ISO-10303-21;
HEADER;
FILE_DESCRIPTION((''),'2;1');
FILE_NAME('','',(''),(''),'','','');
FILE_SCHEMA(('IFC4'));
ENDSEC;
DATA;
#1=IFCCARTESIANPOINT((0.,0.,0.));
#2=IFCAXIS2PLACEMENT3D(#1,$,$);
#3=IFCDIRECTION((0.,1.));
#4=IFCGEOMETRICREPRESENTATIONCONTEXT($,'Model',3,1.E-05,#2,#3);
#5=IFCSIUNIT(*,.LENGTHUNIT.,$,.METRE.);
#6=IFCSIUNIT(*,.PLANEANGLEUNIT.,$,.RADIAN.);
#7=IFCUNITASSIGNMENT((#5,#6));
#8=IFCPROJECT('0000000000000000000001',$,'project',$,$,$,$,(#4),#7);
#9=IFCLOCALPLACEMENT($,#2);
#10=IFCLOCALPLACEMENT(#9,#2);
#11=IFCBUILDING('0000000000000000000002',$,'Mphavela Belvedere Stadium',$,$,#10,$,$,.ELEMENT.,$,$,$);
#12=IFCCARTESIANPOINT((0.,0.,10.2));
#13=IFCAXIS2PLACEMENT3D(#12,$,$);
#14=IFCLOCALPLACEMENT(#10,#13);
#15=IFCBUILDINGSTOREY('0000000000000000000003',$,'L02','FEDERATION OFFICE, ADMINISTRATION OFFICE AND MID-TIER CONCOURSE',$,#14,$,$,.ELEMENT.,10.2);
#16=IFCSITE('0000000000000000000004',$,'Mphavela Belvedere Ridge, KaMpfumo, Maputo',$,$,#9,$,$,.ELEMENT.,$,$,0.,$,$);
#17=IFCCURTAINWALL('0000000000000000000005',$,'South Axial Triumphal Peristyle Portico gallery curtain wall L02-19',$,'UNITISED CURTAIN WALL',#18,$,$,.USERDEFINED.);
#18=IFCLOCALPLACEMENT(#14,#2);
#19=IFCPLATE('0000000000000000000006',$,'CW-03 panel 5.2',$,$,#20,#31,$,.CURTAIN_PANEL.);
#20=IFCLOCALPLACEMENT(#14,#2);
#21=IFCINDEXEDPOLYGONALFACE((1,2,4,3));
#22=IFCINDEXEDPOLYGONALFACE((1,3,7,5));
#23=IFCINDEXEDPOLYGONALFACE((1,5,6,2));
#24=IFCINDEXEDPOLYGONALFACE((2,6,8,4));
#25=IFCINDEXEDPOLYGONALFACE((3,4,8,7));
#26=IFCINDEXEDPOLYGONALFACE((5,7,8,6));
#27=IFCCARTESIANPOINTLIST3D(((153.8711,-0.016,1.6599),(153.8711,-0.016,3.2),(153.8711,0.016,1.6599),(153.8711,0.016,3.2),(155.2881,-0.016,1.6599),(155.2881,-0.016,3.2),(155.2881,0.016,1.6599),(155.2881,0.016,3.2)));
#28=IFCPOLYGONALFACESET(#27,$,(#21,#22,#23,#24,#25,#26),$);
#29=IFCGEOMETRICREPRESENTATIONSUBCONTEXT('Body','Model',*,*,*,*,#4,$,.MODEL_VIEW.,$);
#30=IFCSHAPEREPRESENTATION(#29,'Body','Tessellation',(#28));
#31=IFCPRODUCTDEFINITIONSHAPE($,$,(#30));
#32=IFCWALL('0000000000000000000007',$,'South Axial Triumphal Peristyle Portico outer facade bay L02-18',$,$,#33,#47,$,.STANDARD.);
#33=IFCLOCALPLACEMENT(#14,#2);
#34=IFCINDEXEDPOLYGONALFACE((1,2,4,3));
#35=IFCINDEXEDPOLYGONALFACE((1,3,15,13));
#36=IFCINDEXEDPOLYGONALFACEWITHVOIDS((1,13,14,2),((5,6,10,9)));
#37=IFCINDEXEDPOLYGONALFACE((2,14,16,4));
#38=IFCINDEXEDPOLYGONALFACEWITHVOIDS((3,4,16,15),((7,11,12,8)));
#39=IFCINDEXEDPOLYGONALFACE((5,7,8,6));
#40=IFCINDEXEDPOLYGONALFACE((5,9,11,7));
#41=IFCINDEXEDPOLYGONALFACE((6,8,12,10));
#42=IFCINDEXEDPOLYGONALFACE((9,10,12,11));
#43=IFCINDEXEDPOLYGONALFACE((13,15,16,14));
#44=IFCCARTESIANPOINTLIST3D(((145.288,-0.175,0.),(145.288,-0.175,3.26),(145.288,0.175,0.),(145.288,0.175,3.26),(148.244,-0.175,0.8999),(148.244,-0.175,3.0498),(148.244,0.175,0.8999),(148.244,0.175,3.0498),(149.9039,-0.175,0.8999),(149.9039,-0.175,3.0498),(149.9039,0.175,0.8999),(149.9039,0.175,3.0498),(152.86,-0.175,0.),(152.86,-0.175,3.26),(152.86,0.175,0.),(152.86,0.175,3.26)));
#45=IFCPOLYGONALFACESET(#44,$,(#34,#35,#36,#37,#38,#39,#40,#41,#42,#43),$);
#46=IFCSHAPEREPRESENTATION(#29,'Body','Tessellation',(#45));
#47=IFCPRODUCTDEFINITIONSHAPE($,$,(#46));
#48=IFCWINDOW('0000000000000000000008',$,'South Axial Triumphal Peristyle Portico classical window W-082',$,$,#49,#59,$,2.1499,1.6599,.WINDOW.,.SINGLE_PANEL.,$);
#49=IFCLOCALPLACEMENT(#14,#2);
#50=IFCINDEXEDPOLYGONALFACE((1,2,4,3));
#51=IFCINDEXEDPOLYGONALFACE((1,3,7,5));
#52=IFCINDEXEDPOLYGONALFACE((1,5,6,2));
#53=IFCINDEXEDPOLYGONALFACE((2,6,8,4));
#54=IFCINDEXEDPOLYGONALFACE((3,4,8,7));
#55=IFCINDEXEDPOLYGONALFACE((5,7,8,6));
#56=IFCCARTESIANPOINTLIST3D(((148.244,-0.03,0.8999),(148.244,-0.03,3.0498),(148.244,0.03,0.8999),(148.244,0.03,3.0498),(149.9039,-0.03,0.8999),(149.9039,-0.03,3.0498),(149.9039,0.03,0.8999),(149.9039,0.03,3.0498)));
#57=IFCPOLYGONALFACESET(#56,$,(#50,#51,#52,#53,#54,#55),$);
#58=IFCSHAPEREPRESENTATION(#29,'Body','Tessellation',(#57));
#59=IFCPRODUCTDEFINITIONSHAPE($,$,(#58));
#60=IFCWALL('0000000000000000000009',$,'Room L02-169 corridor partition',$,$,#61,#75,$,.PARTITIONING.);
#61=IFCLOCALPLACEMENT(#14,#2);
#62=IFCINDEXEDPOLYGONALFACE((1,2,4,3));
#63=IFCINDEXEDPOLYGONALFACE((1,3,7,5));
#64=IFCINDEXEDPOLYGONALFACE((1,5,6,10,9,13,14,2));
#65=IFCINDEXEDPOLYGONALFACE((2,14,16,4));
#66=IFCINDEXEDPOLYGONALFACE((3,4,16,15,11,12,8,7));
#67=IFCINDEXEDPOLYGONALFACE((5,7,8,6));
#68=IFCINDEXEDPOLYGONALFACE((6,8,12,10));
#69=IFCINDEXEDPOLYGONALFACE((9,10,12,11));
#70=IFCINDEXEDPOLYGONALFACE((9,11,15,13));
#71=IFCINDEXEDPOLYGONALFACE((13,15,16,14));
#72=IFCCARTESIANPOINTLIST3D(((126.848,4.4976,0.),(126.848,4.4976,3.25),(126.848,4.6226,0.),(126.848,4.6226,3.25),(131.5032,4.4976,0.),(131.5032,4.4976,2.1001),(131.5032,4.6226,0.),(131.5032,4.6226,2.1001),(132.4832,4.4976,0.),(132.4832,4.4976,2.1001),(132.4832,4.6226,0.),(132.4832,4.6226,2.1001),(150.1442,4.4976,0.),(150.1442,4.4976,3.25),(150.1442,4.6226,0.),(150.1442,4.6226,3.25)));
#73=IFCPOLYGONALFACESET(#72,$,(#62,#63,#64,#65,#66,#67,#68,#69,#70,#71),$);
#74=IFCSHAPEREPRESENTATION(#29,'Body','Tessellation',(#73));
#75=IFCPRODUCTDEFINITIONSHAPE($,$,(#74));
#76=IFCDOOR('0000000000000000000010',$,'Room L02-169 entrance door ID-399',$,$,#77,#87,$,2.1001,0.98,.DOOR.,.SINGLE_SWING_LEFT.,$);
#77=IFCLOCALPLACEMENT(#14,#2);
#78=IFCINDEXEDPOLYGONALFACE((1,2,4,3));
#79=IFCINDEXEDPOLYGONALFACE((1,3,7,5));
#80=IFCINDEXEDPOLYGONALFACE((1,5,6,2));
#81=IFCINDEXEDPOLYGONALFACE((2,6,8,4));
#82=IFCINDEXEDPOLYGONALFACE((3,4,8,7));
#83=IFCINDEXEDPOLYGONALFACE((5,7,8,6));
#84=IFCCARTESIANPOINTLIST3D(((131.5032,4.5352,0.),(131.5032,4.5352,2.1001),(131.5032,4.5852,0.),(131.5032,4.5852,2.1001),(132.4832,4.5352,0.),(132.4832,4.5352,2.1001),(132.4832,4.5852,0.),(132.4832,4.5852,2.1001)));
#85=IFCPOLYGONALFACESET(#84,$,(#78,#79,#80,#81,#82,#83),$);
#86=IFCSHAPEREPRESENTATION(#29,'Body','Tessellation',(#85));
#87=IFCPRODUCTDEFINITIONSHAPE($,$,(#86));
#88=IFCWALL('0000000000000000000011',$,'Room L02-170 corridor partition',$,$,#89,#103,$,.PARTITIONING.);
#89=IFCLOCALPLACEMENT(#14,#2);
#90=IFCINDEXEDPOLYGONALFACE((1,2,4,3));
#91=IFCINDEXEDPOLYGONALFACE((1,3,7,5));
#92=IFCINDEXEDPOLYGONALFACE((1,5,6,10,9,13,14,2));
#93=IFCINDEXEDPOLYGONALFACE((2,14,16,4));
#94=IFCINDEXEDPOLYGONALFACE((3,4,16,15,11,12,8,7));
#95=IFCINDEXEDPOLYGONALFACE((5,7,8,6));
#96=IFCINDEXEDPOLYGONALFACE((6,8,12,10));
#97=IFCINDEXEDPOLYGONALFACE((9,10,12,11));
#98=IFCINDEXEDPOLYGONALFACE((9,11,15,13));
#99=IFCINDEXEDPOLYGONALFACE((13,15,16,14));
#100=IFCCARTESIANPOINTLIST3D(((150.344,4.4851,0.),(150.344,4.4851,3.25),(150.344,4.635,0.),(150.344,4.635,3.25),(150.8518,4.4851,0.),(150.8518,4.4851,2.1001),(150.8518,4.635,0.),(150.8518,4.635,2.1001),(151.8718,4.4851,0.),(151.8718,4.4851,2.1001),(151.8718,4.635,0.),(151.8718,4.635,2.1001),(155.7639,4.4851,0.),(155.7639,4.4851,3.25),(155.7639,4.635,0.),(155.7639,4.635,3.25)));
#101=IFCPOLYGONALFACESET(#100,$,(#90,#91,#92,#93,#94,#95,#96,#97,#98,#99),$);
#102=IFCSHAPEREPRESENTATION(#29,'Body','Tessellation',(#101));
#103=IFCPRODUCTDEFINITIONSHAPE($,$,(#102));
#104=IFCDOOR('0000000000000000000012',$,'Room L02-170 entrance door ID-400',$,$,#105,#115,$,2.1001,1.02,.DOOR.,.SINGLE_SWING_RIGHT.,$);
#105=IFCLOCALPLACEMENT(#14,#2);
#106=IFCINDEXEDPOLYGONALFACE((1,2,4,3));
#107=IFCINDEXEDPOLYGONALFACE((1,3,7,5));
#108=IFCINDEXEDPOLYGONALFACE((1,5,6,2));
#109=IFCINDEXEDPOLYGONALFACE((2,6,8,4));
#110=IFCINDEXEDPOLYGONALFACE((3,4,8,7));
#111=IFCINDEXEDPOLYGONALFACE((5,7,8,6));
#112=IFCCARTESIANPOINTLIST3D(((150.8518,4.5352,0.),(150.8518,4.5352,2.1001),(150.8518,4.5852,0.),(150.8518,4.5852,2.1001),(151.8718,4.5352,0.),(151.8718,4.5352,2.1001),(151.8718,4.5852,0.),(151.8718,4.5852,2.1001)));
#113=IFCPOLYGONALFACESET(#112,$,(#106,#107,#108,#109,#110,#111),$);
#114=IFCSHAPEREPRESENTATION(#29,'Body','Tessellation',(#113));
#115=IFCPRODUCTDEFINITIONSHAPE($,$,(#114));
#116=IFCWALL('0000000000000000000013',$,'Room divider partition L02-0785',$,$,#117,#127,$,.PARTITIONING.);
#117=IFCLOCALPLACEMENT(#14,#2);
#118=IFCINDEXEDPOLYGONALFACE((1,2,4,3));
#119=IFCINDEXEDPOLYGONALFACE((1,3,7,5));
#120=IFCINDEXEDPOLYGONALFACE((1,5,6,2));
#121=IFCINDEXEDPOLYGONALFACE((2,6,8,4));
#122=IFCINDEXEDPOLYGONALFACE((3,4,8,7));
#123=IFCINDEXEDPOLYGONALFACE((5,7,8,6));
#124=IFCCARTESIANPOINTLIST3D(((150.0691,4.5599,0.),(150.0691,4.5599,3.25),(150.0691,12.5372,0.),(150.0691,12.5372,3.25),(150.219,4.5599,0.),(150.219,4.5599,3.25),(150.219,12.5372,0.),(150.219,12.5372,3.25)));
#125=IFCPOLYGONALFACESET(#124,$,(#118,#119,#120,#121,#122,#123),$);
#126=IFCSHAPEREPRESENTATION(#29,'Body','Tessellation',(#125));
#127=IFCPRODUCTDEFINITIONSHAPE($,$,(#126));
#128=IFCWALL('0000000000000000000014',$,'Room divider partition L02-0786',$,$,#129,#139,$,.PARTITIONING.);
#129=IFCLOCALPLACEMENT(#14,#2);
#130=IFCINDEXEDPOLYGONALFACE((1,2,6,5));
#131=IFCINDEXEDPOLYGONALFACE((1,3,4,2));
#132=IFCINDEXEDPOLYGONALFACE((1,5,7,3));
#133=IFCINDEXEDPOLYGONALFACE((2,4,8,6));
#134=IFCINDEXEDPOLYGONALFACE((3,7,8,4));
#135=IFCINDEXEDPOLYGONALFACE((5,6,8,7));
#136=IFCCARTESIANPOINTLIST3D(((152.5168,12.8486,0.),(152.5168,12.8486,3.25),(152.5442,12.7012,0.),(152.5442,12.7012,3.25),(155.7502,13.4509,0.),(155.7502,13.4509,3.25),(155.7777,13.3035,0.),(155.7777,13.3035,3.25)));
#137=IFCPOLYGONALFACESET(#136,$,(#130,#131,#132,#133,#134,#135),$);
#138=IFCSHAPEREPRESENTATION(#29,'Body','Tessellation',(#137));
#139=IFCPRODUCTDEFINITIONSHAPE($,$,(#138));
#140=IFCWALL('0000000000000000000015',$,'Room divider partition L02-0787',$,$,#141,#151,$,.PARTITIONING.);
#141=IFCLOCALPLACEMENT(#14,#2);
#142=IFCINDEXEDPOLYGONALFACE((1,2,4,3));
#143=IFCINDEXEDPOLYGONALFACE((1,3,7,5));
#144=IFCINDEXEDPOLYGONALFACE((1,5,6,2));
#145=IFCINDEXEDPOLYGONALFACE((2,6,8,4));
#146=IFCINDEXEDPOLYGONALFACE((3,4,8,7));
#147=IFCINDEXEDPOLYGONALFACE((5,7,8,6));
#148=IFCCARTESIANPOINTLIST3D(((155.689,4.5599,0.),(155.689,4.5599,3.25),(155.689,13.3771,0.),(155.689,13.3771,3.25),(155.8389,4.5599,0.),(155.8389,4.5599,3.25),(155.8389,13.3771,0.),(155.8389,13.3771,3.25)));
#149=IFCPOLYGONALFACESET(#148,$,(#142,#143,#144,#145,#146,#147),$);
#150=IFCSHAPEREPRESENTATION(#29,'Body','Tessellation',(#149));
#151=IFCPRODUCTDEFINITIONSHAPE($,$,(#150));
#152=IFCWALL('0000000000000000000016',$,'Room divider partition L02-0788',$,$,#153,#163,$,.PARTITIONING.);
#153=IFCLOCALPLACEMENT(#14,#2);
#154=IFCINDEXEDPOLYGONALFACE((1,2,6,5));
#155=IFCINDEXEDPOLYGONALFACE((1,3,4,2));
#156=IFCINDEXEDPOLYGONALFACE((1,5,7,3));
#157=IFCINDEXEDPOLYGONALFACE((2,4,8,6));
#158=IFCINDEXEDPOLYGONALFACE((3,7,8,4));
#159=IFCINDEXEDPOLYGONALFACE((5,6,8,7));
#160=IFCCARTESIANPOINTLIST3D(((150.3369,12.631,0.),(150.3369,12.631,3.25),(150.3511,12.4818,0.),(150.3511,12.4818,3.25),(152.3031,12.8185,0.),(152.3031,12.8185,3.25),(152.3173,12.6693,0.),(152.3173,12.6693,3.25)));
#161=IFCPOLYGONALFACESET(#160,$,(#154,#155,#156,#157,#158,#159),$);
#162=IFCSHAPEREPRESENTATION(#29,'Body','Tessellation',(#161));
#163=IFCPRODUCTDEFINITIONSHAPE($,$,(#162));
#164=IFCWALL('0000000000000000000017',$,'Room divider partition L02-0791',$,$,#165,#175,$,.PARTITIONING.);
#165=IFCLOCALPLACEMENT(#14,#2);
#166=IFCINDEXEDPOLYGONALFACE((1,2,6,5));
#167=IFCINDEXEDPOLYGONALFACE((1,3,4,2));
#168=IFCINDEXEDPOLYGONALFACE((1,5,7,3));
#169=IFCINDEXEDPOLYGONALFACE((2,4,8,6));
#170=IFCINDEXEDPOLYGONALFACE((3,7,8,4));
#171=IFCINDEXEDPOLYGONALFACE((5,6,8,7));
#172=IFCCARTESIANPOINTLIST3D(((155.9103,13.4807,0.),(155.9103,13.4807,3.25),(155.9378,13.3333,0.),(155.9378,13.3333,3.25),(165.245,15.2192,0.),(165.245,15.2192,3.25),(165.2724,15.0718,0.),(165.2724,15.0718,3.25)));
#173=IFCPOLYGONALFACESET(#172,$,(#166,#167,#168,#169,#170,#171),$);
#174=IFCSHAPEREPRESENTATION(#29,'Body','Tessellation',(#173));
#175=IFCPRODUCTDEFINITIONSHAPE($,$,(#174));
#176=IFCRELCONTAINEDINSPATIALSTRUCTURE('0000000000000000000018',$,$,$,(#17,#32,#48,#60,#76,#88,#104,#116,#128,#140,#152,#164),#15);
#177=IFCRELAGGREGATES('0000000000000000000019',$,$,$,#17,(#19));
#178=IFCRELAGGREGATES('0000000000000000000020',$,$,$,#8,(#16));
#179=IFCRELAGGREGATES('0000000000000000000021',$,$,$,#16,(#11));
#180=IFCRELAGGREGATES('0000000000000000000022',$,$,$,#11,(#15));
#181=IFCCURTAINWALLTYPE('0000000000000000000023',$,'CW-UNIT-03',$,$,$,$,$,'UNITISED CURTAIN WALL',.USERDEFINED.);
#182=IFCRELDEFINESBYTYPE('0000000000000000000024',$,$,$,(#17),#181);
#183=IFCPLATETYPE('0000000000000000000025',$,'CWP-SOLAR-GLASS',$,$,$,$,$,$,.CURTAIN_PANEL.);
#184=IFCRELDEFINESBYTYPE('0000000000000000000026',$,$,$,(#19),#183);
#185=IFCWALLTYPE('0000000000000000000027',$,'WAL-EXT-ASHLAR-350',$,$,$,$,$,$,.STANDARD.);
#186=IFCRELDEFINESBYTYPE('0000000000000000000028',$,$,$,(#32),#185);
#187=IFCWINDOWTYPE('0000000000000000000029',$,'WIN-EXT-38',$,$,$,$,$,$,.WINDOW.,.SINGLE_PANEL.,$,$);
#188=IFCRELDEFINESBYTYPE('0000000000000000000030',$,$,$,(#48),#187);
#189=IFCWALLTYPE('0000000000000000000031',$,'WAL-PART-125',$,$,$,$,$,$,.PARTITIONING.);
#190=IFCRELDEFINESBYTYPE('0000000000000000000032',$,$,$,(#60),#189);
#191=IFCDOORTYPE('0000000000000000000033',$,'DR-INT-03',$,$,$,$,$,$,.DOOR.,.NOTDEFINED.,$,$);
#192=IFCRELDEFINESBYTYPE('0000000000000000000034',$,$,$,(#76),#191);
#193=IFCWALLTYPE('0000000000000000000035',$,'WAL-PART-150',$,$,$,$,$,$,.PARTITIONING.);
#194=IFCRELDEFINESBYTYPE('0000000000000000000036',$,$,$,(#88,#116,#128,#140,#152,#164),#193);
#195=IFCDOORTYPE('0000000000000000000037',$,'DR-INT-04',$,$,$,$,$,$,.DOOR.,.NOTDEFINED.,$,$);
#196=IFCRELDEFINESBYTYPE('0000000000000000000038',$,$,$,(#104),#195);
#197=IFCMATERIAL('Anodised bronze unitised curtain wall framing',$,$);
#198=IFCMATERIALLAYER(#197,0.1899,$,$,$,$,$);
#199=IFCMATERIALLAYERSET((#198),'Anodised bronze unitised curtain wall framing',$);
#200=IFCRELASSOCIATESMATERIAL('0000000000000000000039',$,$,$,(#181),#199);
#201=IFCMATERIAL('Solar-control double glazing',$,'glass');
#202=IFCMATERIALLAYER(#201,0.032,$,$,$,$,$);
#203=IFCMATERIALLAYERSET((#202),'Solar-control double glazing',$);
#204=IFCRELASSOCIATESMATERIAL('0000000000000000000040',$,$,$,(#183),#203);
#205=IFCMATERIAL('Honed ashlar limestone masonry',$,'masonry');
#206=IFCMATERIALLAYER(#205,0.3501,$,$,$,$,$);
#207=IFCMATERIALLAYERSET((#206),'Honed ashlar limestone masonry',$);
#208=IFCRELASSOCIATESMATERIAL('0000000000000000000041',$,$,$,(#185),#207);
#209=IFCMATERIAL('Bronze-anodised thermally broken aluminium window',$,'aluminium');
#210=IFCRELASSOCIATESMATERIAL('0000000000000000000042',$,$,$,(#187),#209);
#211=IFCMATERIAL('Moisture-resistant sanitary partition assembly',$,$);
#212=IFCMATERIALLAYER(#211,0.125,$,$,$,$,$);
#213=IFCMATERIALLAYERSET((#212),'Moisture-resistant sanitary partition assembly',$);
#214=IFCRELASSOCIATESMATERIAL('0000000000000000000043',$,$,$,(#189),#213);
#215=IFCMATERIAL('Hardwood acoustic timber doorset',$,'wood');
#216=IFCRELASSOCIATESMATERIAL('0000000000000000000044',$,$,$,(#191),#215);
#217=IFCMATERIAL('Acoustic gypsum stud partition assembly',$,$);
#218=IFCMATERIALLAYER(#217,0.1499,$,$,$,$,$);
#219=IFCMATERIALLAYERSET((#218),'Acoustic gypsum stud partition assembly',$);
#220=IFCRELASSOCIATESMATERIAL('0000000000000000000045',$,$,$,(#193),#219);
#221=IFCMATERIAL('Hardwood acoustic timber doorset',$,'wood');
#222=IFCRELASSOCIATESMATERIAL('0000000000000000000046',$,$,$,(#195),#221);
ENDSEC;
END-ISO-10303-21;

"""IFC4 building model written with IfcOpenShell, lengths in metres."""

from ifc_helpers import new_model, si_unit, direction, frame, frame_2d, origin, origin_2d, place, context, subcontext, project, spatial, rectangle, extrude, material, layer, layer_set, type_object, element, fill, aggregate, save


model = new_model("IFC4")

# Units and contexts
model_context = context("Model", 3, precision=1e-05, world=origin(), true_north=direction((0.0, 1.0)))
body_context = subcontext(model_context, "Body", "Model", "MODEL_VIEW")
ifc_project = project(units=[si_unit("LENGTHUNIT", "METRE"), si_unit("PLANEANGLEUNIT", "RADIAN")], contexts=[model_context])

# Site, building, storey
site_placement = place(None, origin())
site = spatial("IfcSite", under=ifc_project, at=site_placement, Name="Mphavela Belvedere Ridge, KaMpfumo, Maputo", CompositionType="ELEMENT", RefElevation=0.0)
building_placement = place(site_placement, origin())
building = spatial("IfcBuilding", under=site, at=building_placement, Name="Mphavela Belvedere Stadium", CompositionType="ELEMENT")
storey_placement = place(building_placement, frame((0.0, 0.0, 10.2)))
storey = spatial("IfcBuildingStorey", under=building, at=storey_placement, Name="L02", Description="FEDERATION OFFICE, ADMINISTRATION OFFICE AND MID-TIER CONCOURSE", CompositionType="ELEMENT", Elevation=10.2)

# Curtain wall
ifc_material_1 = material(Name="Anodised bronze unitised curtain wall framing")
ifc_layer_1 = layer(ifc_material_1, 0.1899)
ifc_layer_set_1 = layer_set([ifc_layer_1], Name="Anodised bronze unitised curtain wall framing")
curtain_wall_type_1 = type_object("IfcCurtainWallType", Name="CW-UNIT-03", ElementType="UNITISED CURTAIN WALL", PredefinedType="USERDEFINED", material=ifc_layer_set_1)
curtain_wall_1_placement = place(storey_placement, origin())
curtain_wall_1 = element("IfcCurtainWall", 1, at=curtain_wall_1_placement, inside=storey, type_object=curtain_wall_type_1, Name="South Axial Triumphal Peristyle Portico gallery curtain wall L02-19", ObjectType="UNITISED CURTAIN WALL", PredefinedType="USERDEFINED")

# Plate
ifc_material_2 = material(Name="Solar-control double glazing", Category="glass")
ifc_layer_2 = layer(ifc_material_2, 0.032)
ifc_layer_set_2 = layer_set([ifc_layer_2], Name="Solar-control double glazing")
plate_type = type_object("IfcPlateType", Name="CWP-SOLAR-GLASS", PredefinedType="CURTAIN_PANEL", material=ifc_layer_set_2)
plate_1_placement = place(storey_placement, frame((154.5796, 0.0, 1.6599), z_axis=(0.0, 0.0, 1.0), x_axis=(-1.0, 0.0, 0.0)))
plate_1 = element("IfcPlate", 2, at=plate_1_placement, type_object=plate_type, Name="CW-03 panel 5.2", PredefinedType="CURTAIN_PANEL", context=body_context, shape_type="SweptSolid", body=[
    extrude(rectangle(XDim=1.417, YDim=0.032, at=origin_2d()), origin(), (0.0, 0.0, 1.0), 1.54),
])
aggregate(curtain_wall_1, [plate_1])

# Wall, opening, window
ifc_material_3 = material(Name="Honed ashlar limestone masonry", Category="masonry")
ifc_layer_3 = layer(ifc_material_3, 0.3501)
ifc_layer_set_3 = layer_set([ifc_layer_3], Name="Honed ashlar limestone masonry")
wall_type_1 = type_object("IfcWallType", Name="WAL-EXT-ASHLAR-350", PredefinedType="STANDARD", material=ifc_layer_set_3)
wall_1_placement = place(storey_placement, frame((152.8601, 0.0, 0.0), z_axis=(0.0, 0.0, 1.0), x_axis=(-1.0, 0.0, 0.0)))
wall_1 = element("IfcWall", 3, at=wall_1_placement, inside=storey, type_object=wall_type_1, Name="South Axial Triumphal Peristyle Portico outer facade bay L02-18", PredefinedType="STANDARD", context=body_context, shape_type="SweptSolid", body=[
    extrude(rectangle(XDim=7.572, YDim=0.3501, at=frame_2d((3.7861, 0.0))), origin(), (0.0, 0.0, 1.0), 3.26),
])
opening_1_placement = place(wall_1_placement, frame((2.9561, 0.0, 0.8999)))
opening_1 = element("IfcOpeningElement", 4, at=opening_1_placement, cuts=wall_1, PredefinedType="OPENING", context=body_context, shape_type="SweptSolid", body=[
    extrude(rectangle(XDim=1.6599, YDim=2.1499, at=frame_2d((0.8301, 1.075))), frame((0.0, 0.1851, 0.0), z_axis=(0.0, -1.0, 0.0), x_axis=(1.0, 0.0, 0.0)), (0.0, 0.0, 1.0), 0.3701),
])
ifc_material_4 = material(Name="Bronze-anodised thermally broken aluminium window", Category="aluminium")
window_type = type_object("IfcWindowType", Name="WIN-EXT-38", PartitioningType="SINGLE_PANEL", PredefinedType="WINDOW", material=ifc_material_4)
window_placement = place(opening_1_placement, origin())
window = element("IfcWindow", 5, at=window_placement, inside=storey, type_object=window_type, Name="South Axial Triumphal Peristyle Portico classical window W-082", OverallHeight=2.1499, OverallWidth=1.6599, PartitioningType="SINGLE_PANEL", PredefinedType="WINDOW", context=body_context, shape_type="SweptSolid", body=[
    extrude(rectangle(XDim=1.6599, YDim=2.1499, at=frame_2d((0.8301, 1.075))), frame((0.0, 0.03, 0.0), z_axis=(0.0, -1.0, 0.0), x_axis=(1.0, 0.0, 0.0)), (0.0, 0.0, 1.0), 0.0601),
])
fill(opening_1, window)

# Walls, openings, doors
ifc_material_5 = material(Name="Moisture-resistant sanitary partition assembly")
ifc_layer_4 = layer(ifc_material_5, 0.125)
ifc_layer_set_4 = layer_set([ifc_layer_4], Name="Moisture-resistant sanitary partition assembly")
wall_type_2 = type_object("IfcWallType", Name="WAL-PART-125", PredefinedType="PARTITIONING", material=ifc_layer_set_4)
wall_2_placement = place(storey_placement, frame((150.144, 4.5601, 0.0), z_axis=(0.0, 0.0, 1.0), x_axis=(-1.0, 0.0, 0.0)))
wall_2 = element("IfcWall", 6, at=wall_2_placement, inside=storey, type_object=wall_type_2, Name="Room L02-169 corridor partition", PredefinedType="PARTITIONING", context=body_context, shape_type="SweptSolid", body=[
    extrude(rectangle(XDim=23.2961, YDim=0.125, at=frame_2d((11.6479, 0.0))), origin(), (0.0, 0.0, 1.0), 3.25),
])
opening_2_placement = place(wall_2_placement, frame((17.6609, 0.0, 0.0)))
opening_2 = element("IfcOpeningElement", 7, at=opening_2_placement, cuts=wall_2, PredefinedType="OPENING", context=body_context, shape_type="SweptSolid", body=[
    extrude(rectangle(XDim=0.98, YDim=2.1001, at=frame_2d((0.49, 1.05))), frame((0.0, 0.0725, 0.0), z_axis=(0.0, -1.0, 0.0), x_axis=(1.0, 0.0, 0.0)), (0.0, 0.0, 1.0), 0.145),
])
ifc_material_6 = material(Name="Hardwood acoustic timber doorset", Category="wood")
door_type_1 = type_object("IfcDoorType", Name="DR-INT-03", OperationType="NOTDEFINED", PredefinedType="DOOR", material=ifc_material_6)
door_1_placement = place(opening_2_placement, origin())
door_1 = element("IfcDoor", 8, at=door_1_placement, inside=storey, type_object=door_type_1, Name="Room L02-169 entrance door ID-399", OperationType="SINGLE_SWING_LEFT", OverallHeight=2.1001, OverallWidth=0.98, PredefinedType="DOOR", context=body_context, shape_type="SweptSolid", body=[
    extrude(rectangle(XDim=0.98, YDim=2.1001, at=frame_2d((0.49, 1.05))), frame((0.0, 0.0249, 0.0), z_axis=(0.0, -1.0, 0.0), x_axis=(1.0, 0.0, 0.0)), (0.0, 0.0, 1.0), 0.05),
])
fill(opening_2, door_1)
ifc_material_7 = material(Name="Acoustic gypsum stud partition assembly")
ifc_layer_5 = layer(ifc_material_7, 0.1499)
ifc_layer_set_5 = layer_set([ifc_layer_5], Name="Acoustic gypsum stud partition assembly")
wall_type_3 = type_object("IfcWallType", Name="WAL-PART-150", PredefinedType="PARTITIONING", material=ifc_layer_set_5)
wall_3_placement = place(storey_placement, frame((155.7639, 4.5601, 0.0), z_axis=(0.0, 0.0, 1.0), x_axis=(-1.0, 0.0, 0.0)))
wall_3 = element("IfcWall", 9, at=wall_3_placement, inside=storey, type_object=wall_type_3, Name="Room L02-170 corridor partition", PredefinedType="PARTITIONING", context=body_context, shape_type="SweptSolid", body=[
    extrude(rectangle(XDim=5.4199, YDim=0.1499, at=frame_2d((2.71, 0.0))), origin(), (0.0, 0.0, 1.0), 3.25),
])
opening_3_placement = place(wall_3_placement, frame((3.8921, 0.0, 0.0)))
opening_3 = element("IfcOpeningElement", 10, at=opening_3_placement, cuts=wall_3, PredefinedType="OPENING", context=body_context, shape_type="SweptSolid", body=[
    extrude(rectangle(XDim=1.02, YDim=2.1001, at=frame_2d((0.51, 1.05))), frame((0.0, 0.085, 0.0), z_axis=(0.0, -1.0, 0.0), x_axis=(1.0, 0.0, 0.0)), (0.0, 0.0, 1.0), 0.1699),
])
ifc_material_8 = material(Name="Hardwood acoustic timber doorset", Category="wood")
door_type_2 = type_object("IfcDoorType", Name="DR-INT-04", OperationType="NOTDEFINED", PredefinedType="DOOR", material=ifc_material_8)
door_2_placement = place(opening_3_placement, origin())
door_2 = element("IfcDoor", 11, at=door_2_placement, inside=storey, type_object=door_type_2, Name="Room L02-170 entrance door ID-400", OperationType="SINGLE_SWING_RIGHT", OverallHeight=2.1001, OverallWidth=1.02, PredefinedType="DOOR", context=body_context, shape_type="SweptSolid", body=[
    extrude(rectangle(XDim=1.02, YDim=2.1001, at=frame_2d((0.51, 1.05))), frame((0.0, 0.0249, 0.0), z_axis=(0.0, -1.0, 0.0), x_axis=(1.0, 0.0, 0.0)), (0.0, 0.0, 1.0), 0.05),
])
fill(opening_3, door_2)

# Walls
wall_4_placement = place(storey_placement, frame((150.144, 12.5374, 0.0), z_axis=(0.0, 0.0, 1.0), x_axis=(0.0, -1.0, 0.0)))
element("IfcWall", 12, at=wall_4_placement, inside=storey, type_object=wall_type_3, Name="Room divider partition L02-0785", PredefinedType="PARTITIONING", context=body_context, shape_type="SweptSolid", body=[
    extrude(rectangle(XDim=7.9773, YDim=0.1499, at=frame_2d((3.9888, 0.0))), origin(), (0.0, 0.0, 1.0), 3.25),
])
wall_5_placement = place(storey_placement, frame((152.5305, 12.7749, 0.0), z_axis=(0.0, 0.0, 1.0), x_axis=(0.98309, 0.183123, 0.0)))
element("IfcWall", 13, at=wall_5_placement, inside=storey, type_object=wall_type_3, Name="Room divider partition L02-0786", PredefinedType="PARTITIONING", context=body_context, shape_type="SweptSolid", body=[
    extrude(rectangle(XDim=3.2891, YDim=0.1499, at=frame_2d((1.6445, 0.0))), origin(), (0.0, 0.0, 1.0), 3.25),
])
wall_6_placement = place(storey_placement, frame((155.7639, 13.3772, 0.0), z_axis=(0.0, 0.0, 1.0), x_axis=(0.0, -1.0, 0.0)))
element("IfcWall", 14, at=wall_6_placement, inside=storey, type_object=wall_type_3, Name="Room divider partition L02-0787", PredefinedType="PARTITIONING", context=body_context, shape_type="SweptSolid", body=[
    extrude(rectangle(XDim=8.8171, YDim=0.1499, at=frame_2d((4.4087, 0.0))), origin(), (0.0, 0.0, 1.0), 3.25),
])
wall_7_placement = place(storey_placement, frame((150.344, 12.5564, 0.0), z_axis=(0.0, 0.0, 1.0), x_axis=(0.995483, 0.094937, 0.0)))
element("IfcWall", 15, at=wall_7_placement, inside=storey, type_object=wall_type_3, Name="Room divider partition L02-0788", PredefinedType="PARTITIONING", context=body_context, shape_type="SweptSolid", body=[
    extrude(rectangle(XDim=1.9751, YDim=0.1499, at=frame_2d((0.9875, 0.0))), origin(), (0.0, 0.0, 1.0), 3.25),
])
wall_8_placement = place(storey_placement, frame((155.9241, 13.407, 0.0), z_axis=(0.0, 0.0, 1.0), x_axis=(0.983095, 0.183095, 0.0)))
element("IfcWall", 16, at=wall_8_placement, inside=storey, type_object=wall_type_3, Name="Room divider partition L02-0791", PredefinedType="PARTITIONING", context=body_context, shape_type="SweptSolid", body=[
    extrude(rectangle(XDim=9.4951, YDim=0.1499, at=frame_2d((4.7476, 0.0))), origin(), (0.0, 0.0, 1.0), 3.25),
])

save(model, "model.ifc")
